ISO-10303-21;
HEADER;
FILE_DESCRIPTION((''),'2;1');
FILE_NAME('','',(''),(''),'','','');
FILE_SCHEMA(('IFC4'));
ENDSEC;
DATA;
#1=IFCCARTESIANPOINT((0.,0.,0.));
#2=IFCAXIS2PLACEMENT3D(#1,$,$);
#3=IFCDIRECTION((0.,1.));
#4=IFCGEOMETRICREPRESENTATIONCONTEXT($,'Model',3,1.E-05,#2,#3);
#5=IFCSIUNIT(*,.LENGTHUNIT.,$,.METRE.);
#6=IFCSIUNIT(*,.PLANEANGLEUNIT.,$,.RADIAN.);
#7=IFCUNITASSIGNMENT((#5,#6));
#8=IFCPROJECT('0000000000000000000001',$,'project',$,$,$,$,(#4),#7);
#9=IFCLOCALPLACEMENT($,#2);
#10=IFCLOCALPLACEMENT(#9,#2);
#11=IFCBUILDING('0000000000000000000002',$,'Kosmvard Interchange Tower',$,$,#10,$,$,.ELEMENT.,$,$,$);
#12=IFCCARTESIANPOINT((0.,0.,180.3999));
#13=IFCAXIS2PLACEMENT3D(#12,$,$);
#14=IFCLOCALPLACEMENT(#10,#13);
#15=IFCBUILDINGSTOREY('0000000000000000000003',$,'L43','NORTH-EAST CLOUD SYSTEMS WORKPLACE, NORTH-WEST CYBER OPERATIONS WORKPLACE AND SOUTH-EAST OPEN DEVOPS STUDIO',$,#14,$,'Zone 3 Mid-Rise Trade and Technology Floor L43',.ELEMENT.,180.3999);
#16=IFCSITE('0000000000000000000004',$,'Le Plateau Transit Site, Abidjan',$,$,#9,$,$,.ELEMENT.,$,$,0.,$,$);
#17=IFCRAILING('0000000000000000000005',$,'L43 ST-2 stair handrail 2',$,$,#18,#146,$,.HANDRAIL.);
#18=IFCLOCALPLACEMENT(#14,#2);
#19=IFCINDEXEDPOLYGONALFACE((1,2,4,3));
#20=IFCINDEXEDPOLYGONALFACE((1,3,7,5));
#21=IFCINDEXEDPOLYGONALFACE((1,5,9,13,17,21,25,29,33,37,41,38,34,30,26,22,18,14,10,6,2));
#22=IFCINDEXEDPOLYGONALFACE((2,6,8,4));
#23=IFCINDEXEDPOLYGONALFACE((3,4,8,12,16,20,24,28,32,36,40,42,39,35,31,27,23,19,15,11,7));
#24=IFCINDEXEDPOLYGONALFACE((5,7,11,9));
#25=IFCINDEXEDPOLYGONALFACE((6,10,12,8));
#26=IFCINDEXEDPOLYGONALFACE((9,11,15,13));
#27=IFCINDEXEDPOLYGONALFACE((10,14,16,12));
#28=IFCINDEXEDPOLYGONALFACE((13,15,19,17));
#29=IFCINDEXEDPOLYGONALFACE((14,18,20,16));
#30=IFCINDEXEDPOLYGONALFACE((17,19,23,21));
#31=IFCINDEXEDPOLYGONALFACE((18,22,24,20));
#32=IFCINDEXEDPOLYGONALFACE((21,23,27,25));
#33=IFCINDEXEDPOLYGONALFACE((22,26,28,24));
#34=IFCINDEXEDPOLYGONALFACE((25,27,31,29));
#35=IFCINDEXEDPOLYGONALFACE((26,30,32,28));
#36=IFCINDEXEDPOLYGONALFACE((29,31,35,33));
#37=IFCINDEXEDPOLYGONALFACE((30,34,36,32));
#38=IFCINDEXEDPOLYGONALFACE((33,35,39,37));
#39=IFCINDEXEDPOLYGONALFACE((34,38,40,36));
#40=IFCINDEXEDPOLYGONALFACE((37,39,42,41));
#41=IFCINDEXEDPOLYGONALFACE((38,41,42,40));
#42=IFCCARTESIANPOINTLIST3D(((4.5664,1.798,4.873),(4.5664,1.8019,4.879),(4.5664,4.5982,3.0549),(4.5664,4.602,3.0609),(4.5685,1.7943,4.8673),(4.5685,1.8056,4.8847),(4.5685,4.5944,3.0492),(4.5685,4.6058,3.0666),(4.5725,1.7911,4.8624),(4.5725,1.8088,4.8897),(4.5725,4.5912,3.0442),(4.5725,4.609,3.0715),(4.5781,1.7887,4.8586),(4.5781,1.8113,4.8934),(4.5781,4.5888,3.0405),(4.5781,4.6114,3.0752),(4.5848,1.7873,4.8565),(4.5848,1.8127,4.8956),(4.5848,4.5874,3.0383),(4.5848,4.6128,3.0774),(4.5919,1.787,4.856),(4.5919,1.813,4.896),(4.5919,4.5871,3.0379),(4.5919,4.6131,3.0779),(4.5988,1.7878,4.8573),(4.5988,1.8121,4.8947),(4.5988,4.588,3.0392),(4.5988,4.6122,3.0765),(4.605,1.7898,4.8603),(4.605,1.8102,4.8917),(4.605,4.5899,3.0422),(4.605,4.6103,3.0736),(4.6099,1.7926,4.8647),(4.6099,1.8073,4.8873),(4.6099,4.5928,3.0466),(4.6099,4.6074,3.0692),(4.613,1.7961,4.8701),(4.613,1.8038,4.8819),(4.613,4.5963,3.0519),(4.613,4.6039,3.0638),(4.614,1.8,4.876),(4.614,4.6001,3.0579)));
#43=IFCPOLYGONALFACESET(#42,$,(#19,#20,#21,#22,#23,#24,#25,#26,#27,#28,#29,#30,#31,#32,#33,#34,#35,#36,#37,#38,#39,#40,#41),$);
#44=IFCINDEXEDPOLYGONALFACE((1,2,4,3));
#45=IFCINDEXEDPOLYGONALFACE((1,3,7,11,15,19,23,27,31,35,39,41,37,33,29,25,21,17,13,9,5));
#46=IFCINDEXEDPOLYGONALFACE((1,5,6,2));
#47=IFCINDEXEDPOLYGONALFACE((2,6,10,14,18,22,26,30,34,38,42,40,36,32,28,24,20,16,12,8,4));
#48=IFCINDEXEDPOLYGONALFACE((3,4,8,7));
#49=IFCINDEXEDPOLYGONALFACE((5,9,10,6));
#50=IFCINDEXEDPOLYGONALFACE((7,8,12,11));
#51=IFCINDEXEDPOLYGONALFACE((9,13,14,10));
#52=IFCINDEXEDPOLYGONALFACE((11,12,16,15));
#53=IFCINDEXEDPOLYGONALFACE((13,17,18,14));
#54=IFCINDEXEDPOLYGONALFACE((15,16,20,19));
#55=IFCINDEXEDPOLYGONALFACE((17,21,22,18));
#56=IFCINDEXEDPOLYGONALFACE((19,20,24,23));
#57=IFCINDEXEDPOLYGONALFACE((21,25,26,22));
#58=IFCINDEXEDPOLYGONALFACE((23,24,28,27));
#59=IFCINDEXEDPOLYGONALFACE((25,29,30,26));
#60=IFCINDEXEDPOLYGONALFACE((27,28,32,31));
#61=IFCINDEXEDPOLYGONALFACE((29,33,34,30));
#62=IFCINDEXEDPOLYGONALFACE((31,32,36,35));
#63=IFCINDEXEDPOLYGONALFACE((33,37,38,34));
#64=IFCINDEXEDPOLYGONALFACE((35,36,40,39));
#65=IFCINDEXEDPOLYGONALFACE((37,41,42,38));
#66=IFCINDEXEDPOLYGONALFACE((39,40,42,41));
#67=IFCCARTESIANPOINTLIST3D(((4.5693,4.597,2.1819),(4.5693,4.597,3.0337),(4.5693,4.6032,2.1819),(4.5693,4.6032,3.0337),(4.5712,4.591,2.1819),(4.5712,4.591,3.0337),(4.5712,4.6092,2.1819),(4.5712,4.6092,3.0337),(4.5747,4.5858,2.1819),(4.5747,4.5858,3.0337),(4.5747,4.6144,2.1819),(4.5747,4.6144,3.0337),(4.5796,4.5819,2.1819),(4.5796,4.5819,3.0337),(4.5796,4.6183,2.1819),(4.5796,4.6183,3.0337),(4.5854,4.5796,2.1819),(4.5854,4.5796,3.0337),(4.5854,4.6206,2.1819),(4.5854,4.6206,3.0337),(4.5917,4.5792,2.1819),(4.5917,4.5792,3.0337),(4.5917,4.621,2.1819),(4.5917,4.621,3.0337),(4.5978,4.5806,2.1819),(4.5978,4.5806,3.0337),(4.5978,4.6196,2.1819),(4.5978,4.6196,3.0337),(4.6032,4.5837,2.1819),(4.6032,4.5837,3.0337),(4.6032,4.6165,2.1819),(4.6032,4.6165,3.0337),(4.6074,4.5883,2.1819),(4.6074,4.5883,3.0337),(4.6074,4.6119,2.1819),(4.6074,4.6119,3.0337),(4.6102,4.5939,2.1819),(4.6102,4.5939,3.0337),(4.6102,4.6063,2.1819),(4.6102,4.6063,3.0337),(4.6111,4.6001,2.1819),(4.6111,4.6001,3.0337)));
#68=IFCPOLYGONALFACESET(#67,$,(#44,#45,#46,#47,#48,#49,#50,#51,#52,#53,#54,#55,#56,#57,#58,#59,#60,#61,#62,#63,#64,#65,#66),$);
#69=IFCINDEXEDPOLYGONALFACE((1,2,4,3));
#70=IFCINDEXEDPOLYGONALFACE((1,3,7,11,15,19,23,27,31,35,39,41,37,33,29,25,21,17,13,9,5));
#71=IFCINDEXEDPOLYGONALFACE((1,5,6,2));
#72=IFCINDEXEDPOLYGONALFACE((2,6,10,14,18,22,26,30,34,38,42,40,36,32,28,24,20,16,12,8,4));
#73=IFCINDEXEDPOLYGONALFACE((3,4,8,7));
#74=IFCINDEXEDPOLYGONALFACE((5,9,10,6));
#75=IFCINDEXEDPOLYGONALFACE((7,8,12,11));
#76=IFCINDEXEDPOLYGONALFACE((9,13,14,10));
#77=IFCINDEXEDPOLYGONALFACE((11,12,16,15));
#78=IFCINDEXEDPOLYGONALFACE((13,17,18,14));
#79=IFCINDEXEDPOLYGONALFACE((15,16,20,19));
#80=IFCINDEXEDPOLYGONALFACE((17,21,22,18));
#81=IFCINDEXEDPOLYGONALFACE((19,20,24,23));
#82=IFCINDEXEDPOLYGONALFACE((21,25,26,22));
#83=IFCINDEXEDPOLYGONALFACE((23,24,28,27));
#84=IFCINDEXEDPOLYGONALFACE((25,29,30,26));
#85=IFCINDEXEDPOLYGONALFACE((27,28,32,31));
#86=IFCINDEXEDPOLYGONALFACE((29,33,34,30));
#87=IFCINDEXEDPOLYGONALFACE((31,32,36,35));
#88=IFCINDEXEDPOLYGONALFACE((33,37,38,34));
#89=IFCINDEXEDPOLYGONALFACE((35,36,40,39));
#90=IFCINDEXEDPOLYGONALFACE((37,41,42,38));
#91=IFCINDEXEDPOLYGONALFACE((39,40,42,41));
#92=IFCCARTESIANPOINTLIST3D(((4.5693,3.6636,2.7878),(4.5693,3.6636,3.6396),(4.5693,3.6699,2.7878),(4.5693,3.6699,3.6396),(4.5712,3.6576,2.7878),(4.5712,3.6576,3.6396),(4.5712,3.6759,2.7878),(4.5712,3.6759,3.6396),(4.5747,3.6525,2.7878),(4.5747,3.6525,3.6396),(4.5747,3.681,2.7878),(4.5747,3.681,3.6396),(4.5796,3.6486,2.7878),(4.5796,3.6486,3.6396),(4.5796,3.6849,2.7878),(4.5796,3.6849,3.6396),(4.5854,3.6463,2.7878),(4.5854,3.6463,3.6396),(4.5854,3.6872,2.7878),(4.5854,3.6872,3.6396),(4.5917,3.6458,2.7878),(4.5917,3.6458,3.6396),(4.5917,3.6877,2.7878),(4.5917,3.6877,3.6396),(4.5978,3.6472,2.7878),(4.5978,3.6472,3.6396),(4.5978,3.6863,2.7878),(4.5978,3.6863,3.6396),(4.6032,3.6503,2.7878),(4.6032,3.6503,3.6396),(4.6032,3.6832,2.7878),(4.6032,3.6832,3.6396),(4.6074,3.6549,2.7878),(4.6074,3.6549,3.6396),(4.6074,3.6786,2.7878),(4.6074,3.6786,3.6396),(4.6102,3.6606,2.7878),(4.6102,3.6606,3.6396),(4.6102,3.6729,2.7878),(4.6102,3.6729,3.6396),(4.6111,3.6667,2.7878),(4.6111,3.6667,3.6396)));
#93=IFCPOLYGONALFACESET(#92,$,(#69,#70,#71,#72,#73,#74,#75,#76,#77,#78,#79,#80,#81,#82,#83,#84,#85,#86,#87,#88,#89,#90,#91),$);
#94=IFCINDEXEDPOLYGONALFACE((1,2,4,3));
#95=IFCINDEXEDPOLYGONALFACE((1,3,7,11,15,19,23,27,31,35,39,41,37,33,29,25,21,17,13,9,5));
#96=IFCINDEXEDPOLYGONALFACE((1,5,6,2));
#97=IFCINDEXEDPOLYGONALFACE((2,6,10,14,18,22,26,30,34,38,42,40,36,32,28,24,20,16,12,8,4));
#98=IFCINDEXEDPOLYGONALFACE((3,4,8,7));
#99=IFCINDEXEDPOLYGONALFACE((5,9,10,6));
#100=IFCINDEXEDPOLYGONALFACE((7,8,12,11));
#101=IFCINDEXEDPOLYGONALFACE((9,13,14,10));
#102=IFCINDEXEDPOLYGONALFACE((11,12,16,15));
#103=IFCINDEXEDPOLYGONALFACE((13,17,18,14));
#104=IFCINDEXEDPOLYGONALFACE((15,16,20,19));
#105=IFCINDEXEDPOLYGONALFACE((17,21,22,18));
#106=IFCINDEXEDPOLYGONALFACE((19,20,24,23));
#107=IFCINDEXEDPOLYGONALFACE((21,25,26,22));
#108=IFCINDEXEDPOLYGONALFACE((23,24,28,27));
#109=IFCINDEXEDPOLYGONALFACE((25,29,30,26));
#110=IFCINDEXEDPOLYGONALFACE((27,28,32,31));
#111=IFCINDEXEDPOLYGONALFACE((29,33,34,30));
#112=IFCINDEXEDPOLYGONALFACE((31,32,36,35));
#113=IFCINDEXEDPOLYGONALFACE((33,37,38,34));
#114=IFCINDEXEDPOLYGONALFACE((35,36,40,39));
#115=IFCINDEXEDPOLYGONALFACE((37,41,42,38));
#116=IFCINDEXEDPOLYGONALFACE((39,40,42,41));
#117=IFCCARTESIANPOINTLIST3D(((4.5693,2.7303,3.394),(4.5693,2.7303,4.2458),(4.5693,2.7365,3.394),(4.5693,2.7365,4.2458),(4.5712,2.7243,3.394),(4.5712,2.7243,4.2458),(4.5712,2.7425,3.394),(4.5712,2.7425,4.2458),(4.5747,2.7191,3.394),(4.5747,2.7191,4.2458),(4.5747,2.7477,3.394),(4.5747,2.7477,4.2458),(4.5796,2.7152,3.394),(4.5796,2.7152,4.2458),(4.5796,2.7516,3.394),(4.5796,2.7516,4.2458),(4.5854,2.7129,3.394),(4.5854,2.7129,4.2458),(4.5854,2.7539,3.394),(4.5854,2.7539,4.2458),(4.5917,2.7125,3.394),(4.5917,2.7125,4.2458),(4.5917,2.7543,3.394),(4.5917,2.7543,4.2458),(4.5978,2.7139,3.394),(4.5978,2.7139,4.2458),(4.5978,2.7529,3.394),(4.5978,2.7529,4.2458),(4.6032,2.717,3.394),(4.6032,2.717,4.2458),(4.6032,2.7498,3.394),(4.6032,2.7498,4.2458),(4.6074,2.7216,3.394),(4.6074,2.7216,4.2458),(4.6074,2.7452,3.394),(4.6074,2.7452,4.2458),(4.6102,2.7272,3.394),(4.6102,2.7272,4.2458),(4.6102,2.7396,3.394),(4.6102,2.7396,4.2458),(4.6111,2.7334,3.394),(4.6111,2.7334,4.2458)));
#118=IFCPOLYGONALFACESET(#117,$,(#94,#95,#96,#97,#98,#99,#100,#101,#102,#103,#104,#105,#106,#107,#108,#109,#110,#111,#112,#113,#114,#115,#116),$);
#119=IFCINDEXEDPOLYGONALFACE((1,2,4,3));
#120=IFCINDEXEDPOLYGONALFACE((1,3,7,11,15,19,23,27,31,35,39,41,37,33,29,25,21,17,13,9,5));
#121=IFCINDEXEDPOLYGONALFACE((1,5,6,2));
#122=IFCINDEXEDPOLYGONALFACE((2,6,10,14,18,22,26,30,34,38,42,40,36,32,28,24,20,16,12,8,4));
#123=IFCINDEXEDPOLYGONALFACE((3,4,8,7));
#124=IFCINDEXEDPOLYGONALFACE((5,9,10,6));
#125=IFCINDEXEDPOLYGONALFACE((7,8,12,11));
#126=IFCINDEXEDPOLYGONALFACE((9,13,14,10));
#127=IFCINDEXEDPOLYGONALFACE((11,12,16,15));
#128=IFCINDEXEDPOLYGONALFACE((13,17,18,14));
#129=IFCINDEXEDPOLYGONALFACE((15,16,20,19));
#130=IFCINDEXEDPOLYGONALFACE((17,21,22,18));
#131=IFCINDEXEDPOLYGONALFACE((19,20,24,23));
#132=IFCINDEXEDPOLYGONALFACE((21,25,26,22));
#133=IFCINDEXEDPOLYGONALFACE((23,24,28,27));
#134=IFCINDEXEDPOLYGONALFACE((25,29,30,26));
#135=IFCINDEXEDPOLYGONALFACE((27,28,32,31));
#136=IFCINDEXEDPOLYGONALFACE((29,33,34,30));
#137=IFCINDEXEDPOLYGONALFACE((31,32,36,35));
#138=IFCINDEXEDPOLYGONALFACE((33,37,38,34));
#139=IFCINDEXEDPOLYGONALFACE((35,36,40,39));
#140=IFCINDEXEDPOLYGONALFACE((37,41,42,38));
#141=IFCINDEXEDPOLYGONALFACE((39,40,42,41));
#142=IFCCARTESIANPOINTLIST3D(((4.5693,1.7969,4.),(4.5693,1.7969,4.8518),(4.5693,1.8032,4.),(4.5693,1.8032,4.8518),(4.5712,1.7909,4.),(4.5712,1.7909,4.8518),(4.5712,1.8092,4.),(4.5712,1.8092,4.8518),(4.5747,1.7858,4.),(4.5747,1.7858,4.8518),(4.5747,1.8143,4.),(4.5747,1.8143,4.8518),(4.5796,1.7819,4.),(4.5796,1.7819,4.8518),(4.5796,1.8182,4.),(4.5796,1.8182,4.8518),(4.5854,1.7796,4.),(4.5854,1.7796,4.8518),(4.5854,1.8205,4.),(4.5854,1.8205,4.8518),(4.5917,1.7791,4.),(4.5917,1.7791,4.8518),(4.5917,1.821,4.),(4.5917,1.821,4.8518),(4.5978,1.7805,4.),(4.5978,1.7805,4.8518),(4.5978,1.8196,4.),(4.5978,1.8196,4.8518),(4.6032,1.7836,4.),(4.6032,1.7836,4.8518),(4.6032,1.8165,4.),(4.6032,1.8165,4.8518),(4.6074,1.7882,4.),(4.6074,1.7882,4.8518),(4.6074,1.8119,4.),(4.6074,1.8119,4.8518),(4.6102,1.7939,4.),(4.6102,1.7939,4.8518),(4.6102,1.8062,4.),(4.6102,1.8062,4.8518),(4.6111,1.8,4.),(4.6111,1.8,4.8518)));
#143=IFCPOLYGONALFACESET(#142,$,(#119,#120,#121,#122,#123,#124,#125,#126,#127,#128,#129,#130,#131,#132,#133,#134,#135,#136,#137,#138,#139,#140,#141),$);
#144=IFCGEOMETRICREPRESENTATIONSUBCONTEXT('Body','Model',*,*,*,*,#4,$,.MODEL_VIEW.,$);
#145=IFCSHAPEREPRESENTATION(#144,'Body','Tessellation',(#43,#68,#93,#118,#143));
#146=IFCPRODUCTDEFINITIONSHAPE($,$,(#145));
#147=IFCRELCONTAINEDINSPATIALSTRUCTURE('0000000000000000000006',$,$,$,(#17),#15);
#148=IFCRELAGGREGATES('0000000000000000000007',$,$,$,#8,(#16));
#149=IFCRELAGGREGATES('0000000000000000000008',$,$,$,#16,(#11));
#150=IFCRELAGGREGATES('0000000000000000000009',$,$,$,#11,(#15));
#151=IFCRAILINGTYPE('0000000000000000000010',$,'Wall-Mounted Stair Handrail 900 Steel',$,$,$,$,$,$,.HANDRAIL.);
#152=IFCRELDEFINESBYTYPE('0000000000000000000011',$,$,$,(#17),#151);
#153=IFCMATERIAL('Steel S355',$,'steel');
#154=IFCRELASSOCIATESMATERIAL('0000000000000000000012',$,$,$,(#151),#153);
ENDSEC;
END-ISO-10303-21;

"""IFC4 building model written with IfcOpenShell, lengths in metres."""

from ifc_helpers import new_model, si_unit, direction, frame, origin, origin_2d, place, context, subcontext, project, spatial, circle, extrude, source, transform, mapped, material, type_object, element, save


model = new_model("IFC4")

# Units and contexts
model_context = context("Model", 3, precision=1e-05, world=origin(), true_north=direction((0.0, 1.0)))
body_context = subcontext(model_context, "Body", "Model", "MODEL_VIEW")
ifc_project = project(units=[si_unit("LENGTHUNIT", "METRE"), si_unit("PLANEANGLEUNIT", "RADIAN")], contexts=[model_context])

# Site, building, storey
site_placement = place(None, origin())
site = spatial("IfcSite", under=ifc_project, at=site_placement, Name="Le Plateau Transit Site, Abidjan", CompositionType="ELEMENT", RefElevation=0.0)
building_placement = place(site_placement, origin())
building = spatial("IfcBuilding", under=site, at=building_placement, Name="Kosmvard Interchange Tower", CompositionType="ELEMENT")
storey_placement = place(building_placement, frame((0.0, 0.0, 180.3999)))
storey = spatial("IfcBuildingStorey", under=building, at=storey_placement, Name="L43", Description="NORTH-EAST CLOUD SYSTEMS WORKPLACE, NORTH-WEST CYBER OPERATIONS WORKPLACE AND SOUTH-EAST OPEN DEVOPS STUDIO", LongName="Zone 3 Mid-Rise Trade and Technology Floor L43", CompositionType="ELEMENT", Elevation=180.3999)

# Shared definitions
ifc_material_1 = material(Name="Steel S355", Category="steel")

# Railing
railing_type_1 = type_object("IfcRailingType", Name="Wall-Mounted Stair Handrail 900 Steel", PredefinedType="HANDRAIL", material=ifc_material_1)
shared_shape_1 = source(origin(), body_context, "Body", "SweptSolid", [
    extrude(circle(Radius=0.0239, at=origin_2d()), frame((0.0, 0.0, 0.876), z_axis=(0.0, -0.838706, 0.544585), x_axis=(1.0, 0.0, 0.0)), (0.0, 0.0, 1.0), 3.3386),
    extrude(circle(Radius=0.021, at=origin_2d()), origin(), (0.0, 0.0, 1.0), 0.8518),
    extrude(circle(Radius=0.021, at=origin_2d()), frame((0.0, -0.9333, 0.606)), (0.0, 0.0, 1.0), 0.8518),
    extrude(circle(Radius=0.021, at=origin_2d()), frame((0.0, -1.8667, 1.2122)), (0.0, 0.0, 1.0), 0.8518),
    extrude(circle(Radius=0.021, at=origin_2d()), frame((0.0, -2.8, 1.8181)), (0.0, 0.0, 1.0), 0.8518),
])
railing_1_placement = place(storey_placement, frame((4.5901, 4.6001, 2.1819)))
element("IfcRailing", 1, at=railing_1_placement, inside=storey, type_object=railing_type_1, Name="L43 ST-2 stair handrail 2", PredefinedType="HANDRAIL", context=body_context, shape_type="MappedRepresentation", body=[
    mapped(shared_shape_1, transform((0.0, 0.0, 0.0), scale=1.0)),
])

save(model, "model.ifc")
